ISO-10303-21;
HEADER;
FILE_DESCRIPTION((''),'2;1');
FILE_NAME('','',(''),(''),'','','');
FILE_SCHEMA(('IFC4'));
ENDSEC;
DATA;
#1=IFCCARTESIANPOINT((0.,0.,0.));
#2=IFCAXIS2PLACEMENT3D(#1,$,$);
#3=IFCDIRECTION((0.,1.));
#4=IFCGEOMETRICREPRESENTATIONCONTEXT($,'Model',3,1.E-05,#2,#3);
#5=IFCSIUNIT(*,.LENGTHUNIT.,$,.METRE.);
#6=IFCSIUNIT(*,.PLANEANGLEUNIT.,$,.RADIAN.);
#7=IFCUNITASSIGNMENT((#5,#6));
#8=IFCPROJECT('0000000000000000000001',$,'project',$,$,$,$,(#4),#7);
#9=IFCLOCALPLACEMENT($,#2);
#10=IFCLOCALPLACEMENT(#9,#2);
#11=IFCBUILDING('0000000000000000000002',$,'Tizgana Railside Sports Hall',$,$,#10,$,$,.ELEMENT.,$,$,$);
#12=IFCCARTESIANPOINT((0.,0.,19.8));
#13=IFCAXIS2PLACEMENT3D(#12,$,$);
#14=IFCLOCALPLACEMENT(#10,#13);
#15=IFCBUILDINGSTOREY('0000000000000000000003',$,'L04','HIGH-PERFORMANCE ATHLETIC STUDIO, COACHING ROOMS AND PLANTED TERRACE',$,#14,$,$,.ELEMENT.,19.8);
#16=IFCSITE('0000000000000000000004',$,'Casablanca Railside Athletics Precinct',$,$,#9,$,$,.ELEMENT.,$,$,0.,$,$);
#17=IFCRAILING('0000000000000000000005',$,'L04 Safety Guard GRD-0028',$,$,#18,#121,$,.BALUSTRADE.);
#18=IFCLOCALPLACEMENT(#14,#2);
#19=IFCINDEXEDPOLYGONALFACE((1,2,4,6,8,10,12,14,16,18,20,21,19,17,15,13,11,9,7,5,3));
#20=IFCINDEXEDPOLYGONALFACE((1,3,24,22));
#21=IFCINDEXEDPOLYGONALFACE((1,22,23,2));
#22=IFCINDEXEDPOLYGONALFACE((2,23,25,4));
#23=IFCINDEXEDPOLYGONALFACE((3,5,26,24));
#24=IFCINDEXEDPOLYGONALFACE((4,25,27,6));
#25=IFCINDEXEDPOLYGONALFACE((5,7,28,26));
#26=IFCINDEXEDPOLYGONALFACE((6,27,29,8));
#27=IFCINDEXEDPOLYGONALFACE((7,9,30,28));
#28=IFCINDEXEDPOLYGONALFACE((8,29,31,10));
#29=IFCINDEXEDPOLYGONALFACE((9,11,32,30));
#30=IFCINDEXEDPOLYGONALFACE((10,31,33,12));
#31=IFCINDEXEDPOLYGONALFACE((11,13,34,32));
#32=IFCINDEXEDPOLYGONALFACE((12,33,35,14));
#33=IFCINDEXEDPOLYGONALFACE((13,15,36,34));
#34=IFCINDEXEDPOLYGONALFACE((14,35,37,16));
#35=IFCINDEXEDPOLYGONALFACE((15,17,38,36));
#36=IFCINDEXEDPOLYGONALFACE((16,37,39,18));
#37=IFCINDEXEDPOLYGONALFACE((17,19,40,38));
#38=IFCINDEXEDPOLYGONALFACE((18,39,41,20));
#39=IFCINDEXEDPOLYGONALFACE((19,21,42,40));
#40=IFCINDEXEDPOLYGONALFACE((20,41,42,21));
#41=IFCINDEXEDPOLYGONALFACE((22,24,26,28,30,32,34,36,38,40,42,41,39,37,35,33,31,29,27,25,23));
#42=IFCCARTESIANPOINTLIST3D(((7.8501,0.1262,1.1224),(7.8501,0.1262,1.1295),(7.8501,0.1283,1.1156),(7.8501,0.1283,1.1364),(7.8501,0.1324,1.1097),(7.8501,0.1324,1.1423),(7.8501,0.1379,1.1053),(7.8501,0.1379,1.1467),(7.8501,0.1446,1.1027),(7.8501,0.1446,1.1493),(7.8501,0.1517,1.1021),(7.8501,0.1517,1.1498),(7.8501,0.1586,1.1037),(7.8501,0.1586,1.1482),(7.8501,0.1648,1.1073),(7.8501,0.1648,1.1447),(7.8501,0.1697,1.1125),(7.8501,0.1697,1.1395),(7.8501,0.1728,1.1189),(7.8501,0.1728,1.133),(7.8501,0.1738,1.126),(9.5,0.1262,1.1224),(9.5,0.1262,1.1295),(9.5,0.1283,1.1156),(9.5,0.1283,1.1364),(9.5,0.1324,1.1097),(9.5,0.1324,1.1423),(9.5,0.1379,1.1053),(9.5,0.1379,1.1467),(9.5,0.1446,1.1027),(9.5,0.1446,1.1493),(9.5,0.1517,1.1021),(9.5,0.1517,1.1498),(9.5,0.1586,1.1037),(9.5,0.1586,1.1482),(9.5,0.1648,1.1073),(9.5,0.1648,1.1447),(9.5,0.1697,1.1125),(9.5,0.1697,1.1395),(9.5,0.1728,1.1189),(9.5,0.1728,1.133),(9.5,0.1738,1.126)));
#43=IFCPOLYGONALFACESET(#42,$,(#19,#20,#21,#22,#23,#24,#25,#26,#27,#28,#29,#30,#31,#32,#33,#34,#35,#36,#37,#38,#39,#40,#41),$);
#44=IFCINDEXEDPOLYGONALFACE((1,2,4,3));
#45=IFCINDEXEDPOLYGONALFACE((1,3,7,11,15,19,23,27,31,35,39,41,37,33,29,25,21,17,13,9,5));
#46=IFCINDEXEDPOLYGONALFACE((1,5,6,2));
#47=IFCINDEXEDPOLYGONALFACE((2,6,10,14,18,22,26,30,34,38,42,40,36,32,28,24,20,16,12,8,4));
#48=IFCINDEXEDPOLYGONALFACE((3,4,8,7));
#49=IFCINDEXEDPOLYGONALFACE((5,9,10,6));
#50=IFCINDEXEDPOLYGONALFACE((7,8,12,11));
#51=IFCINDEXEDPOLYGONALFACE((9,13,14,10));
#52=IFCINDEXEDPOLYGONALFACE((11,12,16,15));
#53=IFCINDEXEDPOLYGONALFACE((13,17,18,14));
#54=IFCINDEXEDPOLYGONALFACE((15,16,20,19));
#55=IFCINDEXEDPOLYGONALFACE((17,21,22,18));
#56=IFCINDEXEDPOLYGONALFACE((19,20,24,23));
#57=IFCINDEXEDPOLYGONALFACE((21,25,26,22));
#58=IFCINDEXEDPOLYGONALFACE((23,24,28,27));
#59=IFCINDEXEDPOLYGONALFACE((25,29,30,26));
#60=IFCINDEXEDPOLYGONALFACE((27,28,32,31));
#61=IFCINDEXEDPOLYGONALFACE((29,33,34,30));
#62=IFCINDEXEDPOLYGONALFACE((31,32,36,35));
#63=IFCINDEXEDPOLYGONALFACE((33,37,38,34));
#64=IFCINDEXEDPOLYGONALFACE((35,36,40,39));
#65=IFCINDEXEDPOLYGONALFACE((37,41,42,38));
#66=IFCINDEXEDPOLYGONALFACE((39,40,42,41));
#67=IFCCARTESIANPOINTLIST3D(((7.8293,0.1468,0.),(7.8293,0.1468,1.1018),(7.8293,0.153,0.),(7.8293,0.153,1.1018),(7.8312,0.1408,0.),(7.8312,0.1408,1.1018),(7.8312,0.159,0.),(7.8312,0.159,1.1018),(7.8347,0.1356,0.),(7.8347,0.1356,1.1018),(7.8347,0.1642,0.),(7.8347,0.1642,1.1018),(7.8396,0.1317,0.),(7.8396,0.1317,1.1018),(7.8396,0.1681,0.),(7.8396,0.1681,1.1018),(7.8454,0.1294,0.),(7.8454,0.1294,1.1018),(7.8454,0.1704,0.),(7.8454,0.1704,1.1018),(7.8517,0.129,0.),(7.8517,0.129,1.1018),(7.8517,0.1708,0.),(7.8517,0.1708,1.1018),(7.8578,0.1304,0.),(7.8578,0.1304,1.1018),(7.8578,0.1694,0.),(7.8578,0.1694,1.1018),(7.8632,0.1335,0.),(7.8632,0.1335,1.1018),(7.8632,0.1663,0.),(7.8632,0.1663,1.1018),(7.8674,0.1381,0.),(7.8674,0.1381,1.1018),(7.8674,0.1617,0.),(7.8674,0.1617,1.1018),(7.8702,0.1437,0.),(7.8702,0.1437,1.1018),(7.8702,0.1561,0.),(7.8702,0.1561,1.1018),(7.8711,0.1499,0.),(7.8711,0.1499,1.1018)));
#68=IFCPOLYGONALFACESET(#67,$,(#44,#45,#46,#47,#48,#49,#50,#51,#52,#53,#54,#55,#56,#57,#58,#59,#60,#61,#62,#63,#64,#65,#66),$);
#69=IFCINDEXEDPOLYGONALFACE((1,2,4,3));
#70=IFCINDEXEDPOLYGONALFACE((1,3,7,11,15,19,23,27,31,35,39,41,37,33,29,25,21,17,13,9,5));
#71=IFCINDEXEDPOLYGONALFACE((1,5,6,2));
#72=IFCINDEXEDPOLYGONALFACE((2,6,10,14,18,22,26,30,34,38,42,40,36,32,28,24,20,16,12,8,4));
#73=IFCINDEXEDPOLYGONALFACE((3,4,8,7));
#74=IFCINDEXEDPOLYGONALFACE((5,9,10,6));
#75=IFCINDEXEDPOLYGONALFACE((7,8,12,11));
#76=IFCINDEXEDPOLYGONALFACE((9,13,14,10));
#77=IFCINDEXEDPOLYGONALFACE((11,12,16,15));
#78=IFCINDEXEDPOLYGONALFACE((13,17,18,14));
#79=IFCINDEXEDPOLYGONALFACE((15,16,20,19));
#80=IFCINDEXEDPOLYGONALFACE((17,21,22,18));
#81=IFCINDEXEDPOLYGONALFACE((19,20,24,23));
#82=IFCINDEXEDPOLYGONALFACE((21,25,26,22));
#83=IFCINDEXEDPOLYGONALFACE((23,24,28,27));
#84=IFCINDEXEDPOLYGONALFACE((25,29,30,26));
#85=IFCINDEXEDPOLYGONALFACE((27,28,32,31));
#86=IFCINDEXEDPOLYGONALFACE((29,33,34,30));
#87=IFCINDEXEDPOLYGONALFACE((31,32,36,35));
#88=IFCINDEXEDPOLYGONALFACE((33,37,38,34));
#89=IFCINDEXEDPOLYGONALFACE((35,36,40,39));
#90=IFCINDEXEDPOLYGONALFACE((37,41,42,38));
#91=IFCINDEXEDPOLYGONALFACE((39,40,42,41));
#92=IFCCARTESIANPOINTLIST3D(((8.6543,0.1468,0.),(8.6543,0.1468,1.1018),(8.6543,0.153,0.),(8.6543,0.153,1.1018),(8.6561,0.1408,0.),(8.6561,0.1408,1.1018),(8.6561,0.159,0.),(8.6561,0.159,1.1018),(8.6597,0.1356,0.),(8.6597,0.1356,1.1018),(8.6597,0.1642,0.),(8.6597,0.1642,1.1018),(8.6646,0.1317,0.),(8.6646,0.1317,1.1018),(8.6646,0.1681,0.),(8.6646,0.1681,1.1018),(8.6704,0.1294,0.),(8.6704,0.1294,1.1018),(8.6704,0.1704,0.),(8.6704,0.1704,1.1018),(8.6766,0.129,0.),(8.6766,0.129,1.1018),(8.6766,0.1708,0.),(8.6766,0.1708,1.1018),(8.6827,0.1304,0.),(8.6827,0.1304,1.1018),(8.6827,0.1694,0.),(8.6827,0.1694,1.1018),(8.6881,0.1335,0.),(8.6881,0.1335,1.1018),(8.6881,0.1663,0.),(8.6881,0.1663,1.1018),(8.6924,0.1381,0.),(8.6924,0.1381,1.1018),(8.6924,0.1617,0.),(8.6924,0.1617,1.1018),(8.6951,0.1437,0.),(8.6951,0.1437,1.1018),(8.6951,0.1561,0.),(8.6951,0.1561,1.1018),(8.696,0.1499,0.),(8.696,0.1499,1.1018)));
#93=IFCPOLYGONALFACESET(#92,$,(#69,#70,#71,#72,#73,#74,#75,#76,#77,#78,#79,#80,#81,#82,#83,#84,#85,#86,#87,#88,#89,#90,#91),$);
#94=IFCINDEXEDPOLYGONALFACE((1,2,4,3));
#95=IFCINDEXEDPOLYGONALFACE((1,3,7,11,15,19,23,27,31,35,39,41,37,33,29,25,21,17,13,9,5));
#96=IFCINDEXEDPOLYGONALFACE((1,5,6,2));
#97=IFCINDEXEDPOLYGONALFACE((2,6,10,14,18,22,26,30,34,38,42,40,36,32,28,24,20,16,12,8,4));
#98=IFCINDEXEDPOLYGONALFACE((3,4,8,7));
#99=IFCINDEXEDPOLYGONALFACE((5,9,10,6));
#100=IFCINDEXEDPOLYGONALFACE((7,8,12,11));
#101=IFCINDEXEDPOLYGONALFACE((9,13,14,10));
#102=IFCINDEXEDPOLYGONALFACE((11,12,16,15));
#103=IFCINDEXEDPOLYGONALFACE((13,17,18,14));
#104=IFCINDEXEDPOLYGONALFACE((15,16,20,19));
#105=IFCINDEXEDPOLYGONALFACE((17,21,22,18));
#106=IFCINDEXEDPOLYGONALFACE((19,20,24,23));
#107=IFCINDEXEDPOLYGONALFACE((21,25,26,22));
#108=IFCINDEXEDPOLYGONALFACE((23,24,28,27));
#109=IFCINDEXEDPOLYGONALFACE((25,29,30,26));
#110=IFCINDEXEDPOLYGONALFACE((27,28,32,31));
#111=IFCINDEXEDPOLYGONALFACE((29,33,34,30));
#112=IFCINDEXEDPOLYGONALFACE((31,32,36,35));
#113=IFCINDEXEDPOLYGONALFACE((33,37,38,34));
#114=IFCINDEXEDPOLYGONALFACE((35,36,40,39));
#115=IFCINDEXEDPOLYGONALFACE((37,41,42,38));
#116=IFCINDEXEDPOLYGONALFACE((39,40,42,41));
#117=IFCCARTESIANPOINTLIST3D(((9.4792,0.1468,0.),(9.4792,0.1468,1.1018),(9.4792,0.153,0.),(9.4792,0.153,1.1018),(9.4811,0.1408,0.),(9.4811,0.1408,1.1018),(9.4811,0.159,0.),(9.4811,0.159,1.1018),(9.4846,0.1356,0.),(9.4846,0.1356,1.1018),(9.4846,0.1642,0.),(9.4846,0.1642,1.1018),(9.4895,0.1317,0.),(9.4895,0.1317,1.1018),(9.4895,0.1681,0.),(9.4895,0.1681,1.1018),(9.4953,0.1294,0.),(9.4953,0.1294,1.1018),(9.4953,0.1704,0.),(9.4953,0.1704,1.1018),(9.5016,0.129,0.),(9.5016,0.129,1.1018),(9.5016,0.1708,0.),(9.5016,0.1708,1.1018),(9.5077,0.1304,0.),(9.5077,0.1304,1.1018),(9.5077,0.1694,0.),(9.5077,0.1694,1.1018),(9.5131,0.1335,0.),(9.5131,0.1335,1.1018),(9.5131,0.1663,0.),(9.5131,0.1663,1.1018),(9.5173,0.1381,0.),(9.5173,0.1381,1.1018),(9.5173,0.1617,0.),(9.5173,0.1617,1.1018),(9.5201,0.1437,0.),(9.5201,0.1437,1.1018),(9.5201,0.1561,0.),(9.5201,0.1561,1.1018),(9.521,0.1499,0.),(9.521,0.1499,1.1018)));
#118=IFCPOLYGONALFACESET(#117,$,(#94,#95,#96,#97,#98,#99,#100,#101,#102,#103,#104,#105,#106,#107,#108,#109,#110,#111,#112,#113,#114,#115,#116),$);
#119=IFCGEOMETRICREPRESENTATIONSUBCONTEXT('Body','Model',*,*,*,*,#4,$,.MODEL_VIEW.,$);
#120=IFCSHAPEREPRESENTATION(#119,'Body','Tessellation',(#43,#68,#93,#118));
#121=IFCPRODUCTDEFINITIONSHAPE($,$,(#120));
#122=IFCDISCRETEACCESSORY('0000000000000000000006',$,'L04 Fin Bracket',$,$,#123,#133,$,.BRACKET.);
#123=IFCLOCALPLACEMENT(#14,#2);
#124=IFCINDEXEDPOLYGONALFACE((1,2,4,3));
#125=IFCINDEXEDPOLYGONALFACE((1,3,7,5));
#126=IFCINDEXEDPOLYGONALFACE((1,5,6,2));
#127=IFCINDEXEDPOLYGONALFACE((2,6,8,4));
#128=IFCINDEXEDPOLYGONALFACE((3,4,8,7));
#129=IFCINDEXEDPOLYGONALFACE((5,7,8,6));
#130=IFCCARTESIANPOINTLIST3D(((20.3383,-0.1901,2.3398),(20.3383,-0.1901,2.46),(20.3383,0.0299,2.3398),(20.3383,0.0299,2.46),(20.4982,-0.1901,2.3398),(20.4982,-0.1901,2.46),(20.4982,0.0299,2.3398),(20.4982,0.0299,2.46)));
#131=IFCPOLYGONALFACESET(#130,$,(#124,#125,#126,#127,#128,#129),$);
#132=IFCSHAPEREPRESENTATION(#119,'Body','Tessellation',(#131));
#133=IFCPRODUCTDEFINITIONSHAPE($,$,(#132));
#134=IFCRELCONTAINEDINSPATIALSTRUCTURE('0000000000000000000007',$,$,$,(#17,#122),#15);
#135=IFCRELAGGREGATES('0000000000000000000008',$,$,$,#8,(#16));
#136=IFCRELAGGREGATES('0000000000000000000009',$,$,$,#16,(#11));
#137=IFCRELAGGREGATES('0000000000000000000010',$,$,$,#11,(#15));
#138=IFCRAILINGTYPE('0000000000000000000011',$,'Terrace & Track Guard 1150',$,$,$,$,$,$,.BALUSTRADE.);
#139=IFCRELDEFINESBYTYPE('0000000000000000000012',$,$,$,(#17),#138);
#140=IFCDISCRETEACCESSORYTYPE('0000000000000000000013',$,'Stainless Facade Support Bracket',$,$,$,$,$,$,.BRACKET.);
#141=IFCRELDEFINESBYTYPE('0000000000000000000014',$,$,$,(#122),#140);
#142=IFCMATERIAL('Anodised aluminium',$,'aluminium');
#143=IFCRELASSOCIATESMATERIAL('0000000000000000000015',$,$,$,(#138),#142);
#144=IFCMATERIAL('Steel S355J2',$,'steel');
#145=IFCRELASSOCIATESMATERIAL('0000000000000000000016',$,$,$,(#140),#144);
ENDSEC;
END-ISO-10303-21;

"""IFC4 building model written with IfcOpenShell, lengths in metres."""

from ifc_helpers import new_model, si_unit, direction, frame, origin, origin_2d, place, context, subcontext, project, spatial, rectangle, circle, extrude, material, type_object, element, save


model = new_model("IFC4")

# Units and contexts
model_context = context("Model", 3, precision=1e-05, world=origin(), true_north=direction((0.0, 1.0)))
body_context = subcontext(model_context, "Body", "Model", "MODEL_VIEW")
ifc_project = project(units=[si_unit("LENGTHUNIT", "METRE"), si_unit("PLANEANGLEUNIT", "RADIAN")], contexts=[model_context])

# Site, building, storey
site_placement = place(None, origin())
site = spatial("IfcSite", under=ifc_project, at=site_placement, Name="Casablanca Railside Athletics Precinct", CompositionType="ELEMENT", RefElevation=0.0)
building_placement = place(site_placement, origin())
building = spatial("IfcBuilding", under=site, at=building_placement, Name="Tizgana Railside Sports Hall", CompositionType="ELEMENT")
storey_placement = place(building_placement, frame((0.0, 0.0, 19.8)))
storey = spatial("IfcBuildingStorey", under=building, at=storey_placement, Name="L04", Description="HIGH-PERFORMANCE ATHLETIC STUDIO, COACHING ROOMS AND PLANTED TERRACE", CompositionType="ELEMENT", Elevation=19.8)

# Shared definitions
ifc_material_1 = material(Name="Anodised aluminium", Category="aluminium")

# Shared definitions
ifc_material_2 = material(Name="Steel S355J2", Category="steel")

# Railing
railing_type_1 = type_object("IfcRailingType", Name="Terrace & Track Guard 1150", PredefinedType="BALUSTRADE", material=ifc_material_1)
railing_1_placement = place(storey_placement, frame((7.8501, 0.1499, 0.0)))
element("IfcRailing", 1, at=railing_1_placement, inside=storey, type_object=railing_type_1, Name="L04 Safety Guard GRD-0028", PredefinedType="BALUSTRADE", context=body_context, shape_type="SweptSolid", body=[
    extrude(circle(Radius=0.0239, at=origin_2d()), frame((0.0, 0.0, 1.126), z_axis=(1.0, 0.0, 0.0), x_axis=(0.0, 1.0, 0.0)), (0.0, 0.0, 1.0), 1.6499),
    extrude(circle(Radius=0.021, at=origin_2d()), origin(), (0.0, 0.0, 1.0), 1.1018),
    extrude(circle(Radius=0.021, at=origin_2d()), frame((0.825, 0.0, 0.0)), (0.0, 0.0, 1.0), 1.1018),
    extrude(circle(Radius=0.021, at=origin_2d()), frame((1.6499, 0.0, 0.0)), (0.0, 0.0, 1.0), 1.1018),
])

# Discrete accessory
discrete_accessory_type = type_object("IfcDiscreteAccessoryType", Name="Stainless Facade Support Bracket", PredefinedType="BRACKET", material=ifc_material_2)
discrete_accessory_placement = place(storey_placement, frame((20.4182, -0.0801, 2.3398), z_axis=(0.0, 0.0, 1.0), x_axis=(-1.0, 0.0, 0.0)))
element("IfcDiscreteAccessory", 2, at=discrete_accessory_placement, inside=storey, type_object=discrete_accessory_type, Name="L04 Fin Bracket", PredefinedType="BRACKET", context=body_context, shape_type="SweptSolid", body=[
    extrude(rectangle(XDim=0.1599, YDim=0.22, at=origin_2d()), origin(), (0.0, 0.0, 1.0), 0.1201),
])

save(model, "model.ifc")
